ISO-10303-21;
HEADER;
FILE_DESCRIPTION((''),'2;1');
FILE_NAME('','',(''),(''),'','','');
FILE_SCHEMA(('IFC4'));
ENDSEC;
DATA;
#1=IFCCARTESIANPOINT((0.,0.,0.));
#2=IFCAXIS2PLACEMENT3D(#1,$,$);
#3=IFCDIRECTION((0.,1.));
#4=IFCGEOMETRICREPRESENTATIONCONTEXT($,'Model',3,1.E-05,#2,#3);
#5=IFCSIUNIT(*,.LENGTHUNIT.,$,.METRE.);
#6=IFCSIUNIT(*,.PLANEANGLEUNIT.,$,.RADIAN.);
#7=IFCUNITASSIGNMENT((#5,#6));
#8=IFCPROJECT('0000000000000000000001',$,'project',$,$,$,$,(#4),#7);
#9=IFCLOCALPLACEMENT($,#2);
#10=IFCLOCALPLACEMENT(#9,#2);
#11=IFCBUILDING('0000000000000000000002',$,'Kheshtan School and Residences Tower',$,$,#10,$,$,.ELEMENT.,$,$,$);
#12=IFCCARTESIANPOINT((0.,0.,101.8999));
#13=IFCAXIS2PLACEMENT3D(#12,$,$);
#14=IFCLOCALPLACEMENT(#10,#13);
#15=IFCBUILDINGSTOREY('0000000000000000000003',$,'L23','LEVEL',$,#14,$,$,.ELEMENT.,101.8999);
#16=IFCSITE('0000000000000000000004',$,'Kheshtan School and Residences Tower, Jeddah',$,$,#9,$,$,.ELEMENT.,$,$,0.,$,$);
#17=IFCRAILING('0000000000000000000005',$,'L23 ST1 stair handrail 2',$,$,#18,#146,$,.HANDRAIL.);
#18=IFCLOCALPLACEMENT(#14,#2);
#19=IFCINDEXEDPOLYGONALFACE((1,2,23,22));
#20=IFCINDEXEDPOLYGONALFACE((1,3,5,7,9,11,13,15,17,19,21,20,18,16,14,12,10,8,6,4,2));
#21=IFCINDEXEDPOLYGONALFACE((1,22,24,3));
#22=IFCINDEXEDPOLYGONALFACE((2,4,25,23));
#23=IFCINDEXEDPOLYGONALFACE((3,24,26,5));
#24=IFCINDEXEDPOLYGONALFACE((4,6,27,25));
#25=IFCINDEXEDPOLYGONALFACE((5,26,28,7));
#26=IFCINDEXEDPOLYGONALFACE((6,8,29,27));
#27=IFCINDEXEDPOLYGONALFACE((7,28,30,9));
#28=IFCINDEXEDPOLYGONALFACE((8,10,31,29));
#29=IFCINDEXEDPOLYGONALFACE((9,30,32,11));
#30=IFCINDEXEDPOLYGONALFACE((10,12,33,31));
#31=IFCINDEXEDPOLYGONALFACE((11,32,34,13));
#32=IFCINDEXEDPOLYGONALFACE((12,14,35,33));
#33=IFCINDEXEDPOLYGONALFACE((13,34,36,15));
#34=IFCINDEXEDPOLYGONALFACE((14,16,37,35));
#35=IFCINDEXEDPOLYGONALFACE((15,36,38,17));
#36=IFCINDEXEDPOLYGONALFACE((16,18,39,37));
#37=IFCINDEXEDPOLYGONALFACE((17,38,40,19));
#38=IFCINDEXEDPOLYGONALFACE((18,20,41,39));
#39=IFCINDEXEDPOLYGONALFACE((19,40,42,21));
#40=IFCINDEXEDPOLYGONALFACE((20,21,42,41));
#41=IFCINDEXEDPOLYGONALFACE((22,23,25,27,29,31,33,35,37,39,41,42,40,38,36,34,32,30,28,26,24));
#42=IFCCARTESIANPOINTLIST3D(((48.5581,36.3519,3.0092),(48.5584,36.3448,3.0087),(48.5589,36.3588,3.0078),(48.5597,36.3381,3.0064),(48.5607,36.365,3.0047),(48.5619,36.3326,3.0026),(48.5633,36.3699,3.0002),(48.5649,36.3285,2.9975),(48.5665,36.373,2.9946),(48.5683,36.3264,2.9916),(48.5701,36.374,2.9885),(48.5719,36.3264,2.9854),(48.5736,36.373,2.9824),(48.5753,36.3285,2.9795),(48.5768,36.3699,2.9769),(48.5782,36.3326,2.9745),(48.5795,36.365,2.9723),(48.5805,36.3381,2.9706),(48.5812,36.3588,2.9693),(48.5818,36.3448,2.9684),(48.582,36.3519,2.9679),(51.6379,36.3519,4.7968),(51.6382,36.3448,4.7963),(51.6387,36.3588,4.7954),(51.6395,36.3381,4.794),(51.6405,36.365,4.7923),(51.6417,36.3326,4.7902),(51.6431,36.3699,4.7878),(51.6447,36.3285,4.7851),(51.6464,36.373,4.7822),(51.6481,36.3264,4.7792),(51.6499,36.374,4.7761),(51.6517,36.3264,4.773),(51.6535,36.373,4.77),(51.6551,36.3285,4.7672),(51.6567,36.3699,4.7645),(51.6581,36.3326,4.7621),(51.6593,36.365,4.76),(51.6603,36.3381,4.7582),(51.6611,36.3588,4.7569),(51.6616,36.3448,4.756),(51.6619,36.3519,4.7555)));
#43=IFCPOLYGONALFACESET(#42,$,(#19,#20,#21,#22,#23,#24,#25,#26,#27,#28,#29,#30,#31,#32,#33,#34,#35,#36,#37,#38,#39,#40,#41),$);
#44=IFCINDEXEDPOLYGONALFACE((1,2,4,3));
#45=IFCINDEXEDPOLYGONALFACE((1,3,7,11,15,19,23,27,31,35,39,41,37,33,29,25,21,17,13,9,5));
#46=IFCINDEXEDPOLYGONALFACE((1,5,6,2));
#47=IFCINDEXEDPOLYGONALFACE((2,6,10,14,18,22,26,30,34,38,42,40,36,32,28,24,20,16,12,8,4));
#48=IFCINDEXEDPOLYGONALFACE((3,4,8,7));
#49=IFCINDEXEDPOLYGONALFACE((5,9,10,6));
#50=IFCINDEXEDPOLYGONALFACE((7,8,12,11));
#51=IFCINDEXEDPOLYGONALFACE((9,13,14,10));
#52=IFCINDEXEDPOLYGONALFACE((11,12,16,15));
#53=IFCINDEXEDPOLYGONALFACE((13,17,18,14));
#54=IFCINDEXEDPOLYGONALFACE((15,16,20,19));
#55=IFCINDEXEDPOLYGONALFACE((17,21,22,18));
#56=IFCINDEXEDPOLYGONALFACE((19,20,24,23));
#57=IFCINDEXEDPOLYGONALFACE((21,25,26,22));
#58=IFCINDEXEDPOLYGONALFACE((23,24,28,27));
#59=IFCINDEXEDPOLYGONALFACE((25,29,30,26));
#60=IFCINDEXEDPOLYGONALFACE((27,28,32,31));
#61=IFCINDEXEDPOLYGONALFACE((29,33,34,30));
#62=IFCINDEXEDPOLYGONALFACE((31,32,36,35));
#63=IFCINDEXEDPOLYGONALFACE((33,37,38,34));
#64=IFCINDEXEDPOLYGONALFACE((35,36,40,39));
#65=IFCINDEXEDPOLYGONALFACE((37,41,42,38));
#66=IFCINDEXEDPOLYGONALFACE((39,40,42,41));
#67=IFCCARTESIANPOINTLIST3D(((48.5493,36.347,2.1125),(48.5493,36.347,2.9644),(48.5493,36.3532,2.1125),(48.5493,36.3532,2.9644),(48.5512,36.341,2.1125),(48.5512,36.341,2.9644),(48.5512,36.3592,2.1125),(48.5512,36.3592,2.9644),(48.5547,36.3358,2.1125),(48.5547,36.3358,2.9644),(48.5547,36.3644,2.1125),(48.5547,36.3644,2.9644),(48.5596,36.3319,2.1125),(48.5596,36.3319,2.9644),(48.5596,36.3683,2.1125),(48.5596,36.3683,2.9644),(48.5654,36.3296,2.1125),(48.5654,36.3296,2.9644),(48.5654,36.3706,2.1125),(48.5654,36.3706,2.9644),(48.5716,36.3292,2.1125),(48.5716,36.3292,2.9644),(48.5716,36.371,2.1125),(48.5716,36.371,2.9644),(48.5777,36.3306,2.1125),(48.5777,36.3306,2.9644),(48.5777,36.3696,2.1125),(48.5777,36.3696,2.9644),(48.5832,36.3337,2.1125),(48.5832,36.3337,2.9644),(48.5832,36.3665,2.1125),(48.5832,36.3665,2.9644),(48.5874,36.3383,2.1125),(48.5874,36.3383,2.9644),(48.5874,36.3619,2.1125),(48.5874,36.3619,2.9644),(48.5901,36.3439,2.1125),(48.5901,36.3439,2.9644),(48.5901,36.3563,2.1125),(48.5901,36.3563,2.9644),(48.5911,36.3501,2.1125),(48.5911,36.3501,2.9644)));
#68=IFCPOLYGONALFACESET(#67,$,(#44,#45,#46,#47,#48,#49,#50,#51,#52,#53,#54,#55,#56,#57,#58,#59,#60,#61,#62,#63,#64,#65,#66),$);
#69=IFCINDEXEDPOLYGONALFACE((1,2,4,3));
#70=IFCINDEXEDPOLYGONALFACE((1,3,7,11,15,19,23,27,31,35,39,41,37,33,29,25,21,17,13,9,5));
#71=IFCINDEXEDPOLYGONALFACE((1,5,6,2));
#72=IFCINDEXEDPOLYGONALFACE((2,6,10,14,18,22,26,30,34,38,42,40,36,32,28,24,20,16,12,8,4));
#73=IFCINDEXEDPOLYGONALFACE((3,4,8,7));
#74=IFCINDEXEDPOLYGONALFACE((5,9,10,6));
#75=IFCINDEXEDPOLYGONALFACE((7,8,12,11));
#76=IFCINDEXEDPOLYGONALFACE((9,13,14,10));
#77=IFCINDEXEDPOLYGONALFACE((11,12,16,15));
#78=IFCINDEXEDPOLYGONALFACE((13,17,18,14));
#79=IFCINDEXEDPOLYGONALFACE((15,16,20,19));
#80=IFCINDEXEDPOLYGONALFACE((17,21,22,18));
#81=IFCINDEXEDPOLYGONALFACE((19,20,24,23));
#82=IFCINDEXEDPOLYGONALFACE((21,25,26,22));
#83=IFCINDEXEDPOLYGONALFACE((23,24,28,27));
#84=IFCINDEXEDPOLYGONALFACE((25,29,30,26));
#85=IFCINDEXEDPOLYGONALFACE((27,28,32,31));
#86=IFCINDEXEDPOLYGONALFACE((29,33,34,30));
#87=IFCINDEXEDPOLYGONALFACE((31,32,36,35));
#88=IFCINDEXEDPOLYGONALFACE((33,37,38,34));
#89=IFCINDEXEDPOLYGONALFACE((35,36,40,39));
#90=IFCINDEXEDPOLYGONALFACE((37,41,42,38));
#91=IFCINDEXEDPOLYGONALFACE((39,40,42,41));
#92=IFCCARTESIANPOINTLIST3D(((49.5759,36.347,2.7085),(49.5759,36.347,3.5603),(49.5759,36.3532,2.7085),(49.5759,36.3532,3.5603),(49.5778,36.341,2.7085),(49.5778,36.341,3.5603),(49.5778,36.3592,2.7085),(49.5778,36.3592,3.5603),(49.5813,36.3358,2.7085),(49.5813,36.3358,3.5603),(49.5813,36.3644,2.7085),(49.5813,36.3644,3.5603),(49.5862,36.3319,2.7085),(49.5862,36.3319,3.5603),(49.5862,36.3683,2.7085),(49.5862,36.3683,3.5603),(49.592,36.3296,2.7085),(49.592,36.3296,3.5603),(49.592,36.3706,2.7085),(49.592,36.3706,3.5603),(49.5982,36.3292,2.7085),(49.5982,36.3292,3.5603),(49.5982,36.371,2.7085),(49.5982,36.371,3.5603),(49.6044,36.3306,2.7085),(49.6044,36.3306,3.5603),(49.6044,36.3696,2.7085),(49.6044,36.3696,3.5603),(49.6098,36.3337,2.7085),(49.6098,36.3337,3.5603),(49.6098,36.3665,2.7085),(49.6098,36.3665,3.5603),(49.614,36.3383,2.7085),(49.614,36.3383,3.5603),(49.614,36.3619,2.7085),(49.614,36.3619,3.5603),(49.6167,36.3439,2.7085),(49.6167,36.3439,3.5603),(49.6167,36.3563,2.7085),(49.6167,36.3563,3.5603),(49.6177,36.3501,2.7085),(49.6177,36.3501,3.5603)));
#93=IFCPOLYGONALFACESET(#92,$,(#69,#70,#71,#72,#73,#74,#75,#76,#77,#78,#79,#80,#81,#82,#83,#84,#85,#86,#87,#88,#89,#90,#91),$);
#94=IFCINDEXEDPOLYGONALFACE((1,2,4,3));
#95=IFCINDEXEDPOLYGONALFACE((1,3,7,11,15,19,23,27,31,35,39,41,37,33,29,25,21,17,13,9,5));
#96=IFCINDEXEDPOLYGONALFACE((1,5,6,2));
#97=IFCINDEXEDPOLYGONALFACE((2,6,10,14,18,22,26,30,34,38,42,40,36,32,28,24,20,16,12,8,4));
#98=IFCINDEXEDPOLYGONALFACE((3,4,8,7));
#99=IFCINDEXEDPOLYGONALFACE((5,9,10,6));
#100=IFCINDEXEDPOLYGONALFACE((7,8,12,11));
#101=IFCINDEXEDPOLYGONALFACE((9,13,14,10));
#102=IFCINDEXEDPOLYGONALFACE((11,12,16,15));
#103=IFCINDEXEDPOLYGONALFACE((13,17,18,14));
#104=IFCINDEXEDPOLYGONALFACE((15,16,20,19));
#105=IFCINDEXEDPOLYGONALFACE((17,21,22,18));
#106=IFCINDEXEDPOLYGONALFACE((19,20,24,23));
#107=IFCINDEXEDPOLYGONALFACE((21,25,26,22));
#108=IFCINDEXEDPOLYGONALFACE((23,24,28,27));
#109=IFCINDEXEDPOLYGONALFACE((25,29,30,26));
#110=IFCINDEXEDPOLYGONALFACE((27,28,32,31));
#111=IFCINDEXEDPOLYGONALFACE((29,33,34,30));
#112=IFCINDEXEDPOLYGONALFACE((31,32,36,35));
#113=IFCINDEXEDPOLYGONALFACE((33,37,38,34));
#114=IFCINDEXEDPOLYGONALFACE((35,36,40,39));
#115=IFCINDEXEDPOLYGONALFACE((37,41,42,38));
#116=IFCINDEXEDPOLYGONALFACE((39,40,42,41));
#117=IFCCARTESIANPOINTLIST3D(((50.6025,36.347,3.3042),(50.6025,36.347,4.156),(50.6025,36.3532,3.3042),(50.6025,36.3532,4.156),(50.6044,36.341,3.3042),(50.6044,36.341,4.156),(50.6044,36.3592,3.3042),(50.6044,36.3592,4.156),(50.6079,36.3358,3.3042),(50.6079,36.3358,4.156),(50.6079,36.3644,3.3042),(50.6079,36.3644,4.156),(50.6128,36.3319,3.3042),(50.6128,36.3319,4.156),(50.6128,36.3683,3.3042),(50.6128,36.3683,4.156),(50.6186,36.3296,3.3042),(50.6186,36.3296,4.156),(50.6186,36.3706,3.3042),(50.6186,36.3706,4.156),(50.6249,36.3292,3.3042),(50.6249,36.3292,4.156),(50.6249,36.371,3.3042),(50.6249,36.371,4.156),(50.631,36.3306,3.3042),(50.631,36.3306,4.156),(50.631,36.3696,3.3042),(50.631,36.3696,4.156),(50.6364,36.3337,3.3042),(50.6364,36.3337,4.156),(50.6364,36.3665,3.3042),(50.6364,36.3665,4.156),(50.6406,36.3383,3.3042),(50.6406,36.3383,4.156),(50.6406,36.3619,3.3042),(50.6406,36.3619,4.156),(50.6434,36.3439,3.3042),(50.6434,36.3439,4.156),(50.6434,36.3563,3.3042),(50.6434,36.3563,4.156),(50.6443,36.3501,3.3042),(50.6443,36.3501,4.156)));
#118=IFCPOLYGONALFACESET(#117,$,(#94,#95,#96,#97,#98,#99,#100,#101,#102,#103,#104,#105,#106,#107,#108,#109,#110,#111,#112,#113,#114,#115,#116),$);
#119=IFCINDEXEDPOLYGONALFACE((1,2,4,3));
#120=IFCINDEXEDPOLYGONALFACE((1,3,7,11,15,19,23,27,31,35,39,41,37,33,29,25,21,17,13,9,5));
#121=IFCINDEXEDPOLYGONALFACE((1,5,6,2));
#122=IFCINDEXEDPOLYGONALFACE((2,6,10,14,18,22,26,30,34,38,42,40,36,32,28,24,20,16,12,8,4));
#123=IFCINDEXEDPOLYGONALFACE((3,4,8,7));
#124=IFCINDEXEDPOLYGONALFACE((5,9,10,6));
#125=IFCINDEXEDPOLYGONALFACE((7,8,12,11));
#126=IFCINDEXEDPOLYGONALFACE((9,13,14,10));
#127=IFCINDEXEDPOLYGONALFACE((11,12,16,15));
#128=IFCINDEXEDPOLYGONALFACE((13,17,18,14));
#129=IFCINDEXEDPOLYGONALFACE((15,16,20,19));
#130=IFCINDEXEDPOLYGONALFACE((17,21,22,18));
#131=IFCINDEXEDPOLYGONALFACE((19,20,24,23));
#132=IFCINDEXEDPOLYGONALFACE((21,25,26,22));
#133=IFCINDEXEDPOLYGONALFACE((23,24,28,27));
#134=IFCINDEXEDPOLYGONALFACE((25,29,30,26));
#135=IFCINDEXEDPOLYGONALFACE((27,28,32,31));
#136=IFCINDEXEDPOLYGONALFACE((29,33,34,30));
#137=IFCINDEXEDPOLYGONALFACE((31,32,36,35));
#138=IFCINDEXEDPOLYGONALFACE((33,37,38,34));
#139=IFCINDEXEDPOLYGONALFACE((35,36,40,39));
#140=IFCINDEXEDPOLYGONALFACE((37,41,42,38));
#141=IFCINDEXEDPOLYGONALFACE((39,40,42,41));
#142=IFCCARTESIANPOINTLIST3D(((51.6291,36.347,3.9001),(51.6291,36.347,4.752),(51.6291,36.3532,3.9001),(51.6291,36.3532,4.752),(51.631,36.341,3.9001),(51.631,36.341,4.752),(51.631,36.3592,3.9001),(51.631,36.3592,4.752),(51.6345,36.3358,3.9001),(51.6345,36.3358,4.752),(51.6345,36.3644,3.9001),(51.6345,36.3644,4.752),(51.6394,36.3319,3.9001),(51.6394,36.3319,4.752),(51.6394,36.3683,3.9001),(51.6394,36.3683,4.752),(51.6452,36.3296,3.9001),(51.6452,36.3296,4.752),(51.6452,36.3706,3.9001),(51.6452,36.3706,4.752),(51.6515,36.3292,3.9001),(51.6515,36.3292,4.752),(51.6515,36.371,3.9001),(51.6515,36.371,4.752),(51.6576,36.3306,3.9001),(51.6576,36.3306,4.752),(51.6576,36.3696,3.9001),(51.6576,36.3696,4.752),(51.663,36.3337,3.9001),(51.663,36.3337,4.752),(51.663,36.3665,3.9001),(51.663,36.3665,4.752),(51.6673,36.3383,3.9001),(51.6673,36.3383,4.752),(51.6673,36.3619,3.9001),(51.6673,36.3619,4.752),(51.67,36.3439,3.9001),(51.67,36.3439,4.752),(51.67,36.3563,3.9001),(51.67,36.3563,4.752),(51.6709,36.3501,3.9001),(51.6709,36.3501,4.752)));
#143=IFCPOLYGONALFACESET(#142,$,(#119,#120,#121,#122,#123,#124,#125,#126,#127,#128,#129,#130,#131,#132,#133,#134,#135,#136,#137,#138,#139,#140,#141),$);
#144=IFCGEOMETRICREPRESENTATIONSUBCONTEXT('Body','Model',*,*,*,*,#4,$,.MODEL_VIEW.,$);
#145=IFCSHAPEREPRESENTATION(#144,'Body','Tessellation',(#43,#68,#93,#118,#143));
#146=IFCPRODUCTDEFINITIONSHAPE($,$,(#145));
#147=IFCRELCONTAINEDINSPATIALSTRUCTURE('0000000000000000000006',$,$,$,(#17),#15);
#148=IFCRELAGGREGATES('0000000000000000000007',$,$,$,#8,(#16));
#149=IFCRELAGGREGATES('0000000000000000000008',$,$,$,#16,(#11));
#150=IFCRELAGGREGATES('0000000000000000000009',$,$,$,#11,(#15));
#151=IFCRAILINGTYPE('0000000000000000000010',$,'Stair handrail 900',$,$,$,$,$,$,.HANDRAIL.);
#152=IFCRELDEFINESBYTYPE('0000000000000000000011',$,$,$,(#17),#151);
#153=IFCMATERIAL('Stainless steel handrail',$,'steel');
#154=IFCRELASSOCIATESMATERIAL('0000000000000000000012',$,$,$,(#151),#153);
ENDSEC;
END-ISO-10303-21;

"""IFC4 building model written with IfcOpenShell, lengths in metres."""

from ifc_helpers import new_model, si_unit, direction, frame, origin, origin_2d, place, context, subcontext, project, spatial, circle, extrude, material, type_object, element, save


model = new_model("IFC4")

# Units and contexts
model_context = context("Model", 3, precision=1e-05, world=origin(), true_north=direction((0.0, 1.0)))
body_context = subcontext(model_context, "Body", "Model", "MODEL_VIEW")
ifc_project = project(units=[si_unit("LENGTHUNIT", "METRE"), si_unit("PLANEANGLEUNIT", "RADIAN")], contexts=[model_context])

# Site, building, storey
site_placement = place(None, origin())
site = spatial("IfcSite", under=ifc_project, at=site_placement, Name="Kheshtan School and Residences Tower, Jeddah", CompositionType="ELEMENT", RefElevation=0.0)
building_placement = place(site_placement, origin())
building = spatial("IfcBuilding", under=site, at=building_placement, Name="Kheshtan School and Residences Tower", CompositionType="ELEMENT")
storey_placement = place(building_placement, frame((0.0, 0.0, 101.8999)))
storey = spatial("IfcBuildingStorey", under=building, at=storey_placement, Name="L23", Description="LEVEL", CompositionType="ELEMENT", Elevation=101.8999)

# Railing
ifc_material_1 = material(Name="Stainless steel handrail", Category="steel")
railing_type = type_object("IfcRailingType", Name="Stair handrail 900", PredefinedType="HANDRAIL", material=ifc_material_1)
railing_placement = place(storey_placement, frame((48.5701, 36.3501, 2.1125)))
element("IfcRailing", 1, at=railing_placement, inside=storey, type_object=railing_type, Name="L23 ST1 stair handrail 2", PredefinedType="HANDRAIL", context=body_context, shape_type="SweptSolid", body=[
    extrude(circle(Radius=0.0239, at=origin_2d()), frame((0.0, 0.0, 0.876), z_axis=(0.864873, 0.0, 0.50199), x_axis=(0.0, 1.0, 0.0)), (0.0, 0.0, 1.0), 3.561),
    extrude(circle(Radius=0.021, at=origin_2d()), origin(), (0.0, 0.0, 1.0), 0.8518),
    extrude(circle(Radius=0.021, at=origin_2d()), frame((1.0266, 0.0, 0.5959)), (0.0, 0.0, 1.0), 0.8518),
    extrude(circle(Radius=0.021, at=origin_2d()), frame((2.0532, 0.0, 1.1917)), (0.0, 0.0, 1.0), 0.8518),
    extrude(circle(Radius=0.021, at=origin_2d()), frame((3.0798, 0.0, 1.7876)), (0.0, 0.0, 1.0), 0.8518),
])

save(model, "model.ifc")
